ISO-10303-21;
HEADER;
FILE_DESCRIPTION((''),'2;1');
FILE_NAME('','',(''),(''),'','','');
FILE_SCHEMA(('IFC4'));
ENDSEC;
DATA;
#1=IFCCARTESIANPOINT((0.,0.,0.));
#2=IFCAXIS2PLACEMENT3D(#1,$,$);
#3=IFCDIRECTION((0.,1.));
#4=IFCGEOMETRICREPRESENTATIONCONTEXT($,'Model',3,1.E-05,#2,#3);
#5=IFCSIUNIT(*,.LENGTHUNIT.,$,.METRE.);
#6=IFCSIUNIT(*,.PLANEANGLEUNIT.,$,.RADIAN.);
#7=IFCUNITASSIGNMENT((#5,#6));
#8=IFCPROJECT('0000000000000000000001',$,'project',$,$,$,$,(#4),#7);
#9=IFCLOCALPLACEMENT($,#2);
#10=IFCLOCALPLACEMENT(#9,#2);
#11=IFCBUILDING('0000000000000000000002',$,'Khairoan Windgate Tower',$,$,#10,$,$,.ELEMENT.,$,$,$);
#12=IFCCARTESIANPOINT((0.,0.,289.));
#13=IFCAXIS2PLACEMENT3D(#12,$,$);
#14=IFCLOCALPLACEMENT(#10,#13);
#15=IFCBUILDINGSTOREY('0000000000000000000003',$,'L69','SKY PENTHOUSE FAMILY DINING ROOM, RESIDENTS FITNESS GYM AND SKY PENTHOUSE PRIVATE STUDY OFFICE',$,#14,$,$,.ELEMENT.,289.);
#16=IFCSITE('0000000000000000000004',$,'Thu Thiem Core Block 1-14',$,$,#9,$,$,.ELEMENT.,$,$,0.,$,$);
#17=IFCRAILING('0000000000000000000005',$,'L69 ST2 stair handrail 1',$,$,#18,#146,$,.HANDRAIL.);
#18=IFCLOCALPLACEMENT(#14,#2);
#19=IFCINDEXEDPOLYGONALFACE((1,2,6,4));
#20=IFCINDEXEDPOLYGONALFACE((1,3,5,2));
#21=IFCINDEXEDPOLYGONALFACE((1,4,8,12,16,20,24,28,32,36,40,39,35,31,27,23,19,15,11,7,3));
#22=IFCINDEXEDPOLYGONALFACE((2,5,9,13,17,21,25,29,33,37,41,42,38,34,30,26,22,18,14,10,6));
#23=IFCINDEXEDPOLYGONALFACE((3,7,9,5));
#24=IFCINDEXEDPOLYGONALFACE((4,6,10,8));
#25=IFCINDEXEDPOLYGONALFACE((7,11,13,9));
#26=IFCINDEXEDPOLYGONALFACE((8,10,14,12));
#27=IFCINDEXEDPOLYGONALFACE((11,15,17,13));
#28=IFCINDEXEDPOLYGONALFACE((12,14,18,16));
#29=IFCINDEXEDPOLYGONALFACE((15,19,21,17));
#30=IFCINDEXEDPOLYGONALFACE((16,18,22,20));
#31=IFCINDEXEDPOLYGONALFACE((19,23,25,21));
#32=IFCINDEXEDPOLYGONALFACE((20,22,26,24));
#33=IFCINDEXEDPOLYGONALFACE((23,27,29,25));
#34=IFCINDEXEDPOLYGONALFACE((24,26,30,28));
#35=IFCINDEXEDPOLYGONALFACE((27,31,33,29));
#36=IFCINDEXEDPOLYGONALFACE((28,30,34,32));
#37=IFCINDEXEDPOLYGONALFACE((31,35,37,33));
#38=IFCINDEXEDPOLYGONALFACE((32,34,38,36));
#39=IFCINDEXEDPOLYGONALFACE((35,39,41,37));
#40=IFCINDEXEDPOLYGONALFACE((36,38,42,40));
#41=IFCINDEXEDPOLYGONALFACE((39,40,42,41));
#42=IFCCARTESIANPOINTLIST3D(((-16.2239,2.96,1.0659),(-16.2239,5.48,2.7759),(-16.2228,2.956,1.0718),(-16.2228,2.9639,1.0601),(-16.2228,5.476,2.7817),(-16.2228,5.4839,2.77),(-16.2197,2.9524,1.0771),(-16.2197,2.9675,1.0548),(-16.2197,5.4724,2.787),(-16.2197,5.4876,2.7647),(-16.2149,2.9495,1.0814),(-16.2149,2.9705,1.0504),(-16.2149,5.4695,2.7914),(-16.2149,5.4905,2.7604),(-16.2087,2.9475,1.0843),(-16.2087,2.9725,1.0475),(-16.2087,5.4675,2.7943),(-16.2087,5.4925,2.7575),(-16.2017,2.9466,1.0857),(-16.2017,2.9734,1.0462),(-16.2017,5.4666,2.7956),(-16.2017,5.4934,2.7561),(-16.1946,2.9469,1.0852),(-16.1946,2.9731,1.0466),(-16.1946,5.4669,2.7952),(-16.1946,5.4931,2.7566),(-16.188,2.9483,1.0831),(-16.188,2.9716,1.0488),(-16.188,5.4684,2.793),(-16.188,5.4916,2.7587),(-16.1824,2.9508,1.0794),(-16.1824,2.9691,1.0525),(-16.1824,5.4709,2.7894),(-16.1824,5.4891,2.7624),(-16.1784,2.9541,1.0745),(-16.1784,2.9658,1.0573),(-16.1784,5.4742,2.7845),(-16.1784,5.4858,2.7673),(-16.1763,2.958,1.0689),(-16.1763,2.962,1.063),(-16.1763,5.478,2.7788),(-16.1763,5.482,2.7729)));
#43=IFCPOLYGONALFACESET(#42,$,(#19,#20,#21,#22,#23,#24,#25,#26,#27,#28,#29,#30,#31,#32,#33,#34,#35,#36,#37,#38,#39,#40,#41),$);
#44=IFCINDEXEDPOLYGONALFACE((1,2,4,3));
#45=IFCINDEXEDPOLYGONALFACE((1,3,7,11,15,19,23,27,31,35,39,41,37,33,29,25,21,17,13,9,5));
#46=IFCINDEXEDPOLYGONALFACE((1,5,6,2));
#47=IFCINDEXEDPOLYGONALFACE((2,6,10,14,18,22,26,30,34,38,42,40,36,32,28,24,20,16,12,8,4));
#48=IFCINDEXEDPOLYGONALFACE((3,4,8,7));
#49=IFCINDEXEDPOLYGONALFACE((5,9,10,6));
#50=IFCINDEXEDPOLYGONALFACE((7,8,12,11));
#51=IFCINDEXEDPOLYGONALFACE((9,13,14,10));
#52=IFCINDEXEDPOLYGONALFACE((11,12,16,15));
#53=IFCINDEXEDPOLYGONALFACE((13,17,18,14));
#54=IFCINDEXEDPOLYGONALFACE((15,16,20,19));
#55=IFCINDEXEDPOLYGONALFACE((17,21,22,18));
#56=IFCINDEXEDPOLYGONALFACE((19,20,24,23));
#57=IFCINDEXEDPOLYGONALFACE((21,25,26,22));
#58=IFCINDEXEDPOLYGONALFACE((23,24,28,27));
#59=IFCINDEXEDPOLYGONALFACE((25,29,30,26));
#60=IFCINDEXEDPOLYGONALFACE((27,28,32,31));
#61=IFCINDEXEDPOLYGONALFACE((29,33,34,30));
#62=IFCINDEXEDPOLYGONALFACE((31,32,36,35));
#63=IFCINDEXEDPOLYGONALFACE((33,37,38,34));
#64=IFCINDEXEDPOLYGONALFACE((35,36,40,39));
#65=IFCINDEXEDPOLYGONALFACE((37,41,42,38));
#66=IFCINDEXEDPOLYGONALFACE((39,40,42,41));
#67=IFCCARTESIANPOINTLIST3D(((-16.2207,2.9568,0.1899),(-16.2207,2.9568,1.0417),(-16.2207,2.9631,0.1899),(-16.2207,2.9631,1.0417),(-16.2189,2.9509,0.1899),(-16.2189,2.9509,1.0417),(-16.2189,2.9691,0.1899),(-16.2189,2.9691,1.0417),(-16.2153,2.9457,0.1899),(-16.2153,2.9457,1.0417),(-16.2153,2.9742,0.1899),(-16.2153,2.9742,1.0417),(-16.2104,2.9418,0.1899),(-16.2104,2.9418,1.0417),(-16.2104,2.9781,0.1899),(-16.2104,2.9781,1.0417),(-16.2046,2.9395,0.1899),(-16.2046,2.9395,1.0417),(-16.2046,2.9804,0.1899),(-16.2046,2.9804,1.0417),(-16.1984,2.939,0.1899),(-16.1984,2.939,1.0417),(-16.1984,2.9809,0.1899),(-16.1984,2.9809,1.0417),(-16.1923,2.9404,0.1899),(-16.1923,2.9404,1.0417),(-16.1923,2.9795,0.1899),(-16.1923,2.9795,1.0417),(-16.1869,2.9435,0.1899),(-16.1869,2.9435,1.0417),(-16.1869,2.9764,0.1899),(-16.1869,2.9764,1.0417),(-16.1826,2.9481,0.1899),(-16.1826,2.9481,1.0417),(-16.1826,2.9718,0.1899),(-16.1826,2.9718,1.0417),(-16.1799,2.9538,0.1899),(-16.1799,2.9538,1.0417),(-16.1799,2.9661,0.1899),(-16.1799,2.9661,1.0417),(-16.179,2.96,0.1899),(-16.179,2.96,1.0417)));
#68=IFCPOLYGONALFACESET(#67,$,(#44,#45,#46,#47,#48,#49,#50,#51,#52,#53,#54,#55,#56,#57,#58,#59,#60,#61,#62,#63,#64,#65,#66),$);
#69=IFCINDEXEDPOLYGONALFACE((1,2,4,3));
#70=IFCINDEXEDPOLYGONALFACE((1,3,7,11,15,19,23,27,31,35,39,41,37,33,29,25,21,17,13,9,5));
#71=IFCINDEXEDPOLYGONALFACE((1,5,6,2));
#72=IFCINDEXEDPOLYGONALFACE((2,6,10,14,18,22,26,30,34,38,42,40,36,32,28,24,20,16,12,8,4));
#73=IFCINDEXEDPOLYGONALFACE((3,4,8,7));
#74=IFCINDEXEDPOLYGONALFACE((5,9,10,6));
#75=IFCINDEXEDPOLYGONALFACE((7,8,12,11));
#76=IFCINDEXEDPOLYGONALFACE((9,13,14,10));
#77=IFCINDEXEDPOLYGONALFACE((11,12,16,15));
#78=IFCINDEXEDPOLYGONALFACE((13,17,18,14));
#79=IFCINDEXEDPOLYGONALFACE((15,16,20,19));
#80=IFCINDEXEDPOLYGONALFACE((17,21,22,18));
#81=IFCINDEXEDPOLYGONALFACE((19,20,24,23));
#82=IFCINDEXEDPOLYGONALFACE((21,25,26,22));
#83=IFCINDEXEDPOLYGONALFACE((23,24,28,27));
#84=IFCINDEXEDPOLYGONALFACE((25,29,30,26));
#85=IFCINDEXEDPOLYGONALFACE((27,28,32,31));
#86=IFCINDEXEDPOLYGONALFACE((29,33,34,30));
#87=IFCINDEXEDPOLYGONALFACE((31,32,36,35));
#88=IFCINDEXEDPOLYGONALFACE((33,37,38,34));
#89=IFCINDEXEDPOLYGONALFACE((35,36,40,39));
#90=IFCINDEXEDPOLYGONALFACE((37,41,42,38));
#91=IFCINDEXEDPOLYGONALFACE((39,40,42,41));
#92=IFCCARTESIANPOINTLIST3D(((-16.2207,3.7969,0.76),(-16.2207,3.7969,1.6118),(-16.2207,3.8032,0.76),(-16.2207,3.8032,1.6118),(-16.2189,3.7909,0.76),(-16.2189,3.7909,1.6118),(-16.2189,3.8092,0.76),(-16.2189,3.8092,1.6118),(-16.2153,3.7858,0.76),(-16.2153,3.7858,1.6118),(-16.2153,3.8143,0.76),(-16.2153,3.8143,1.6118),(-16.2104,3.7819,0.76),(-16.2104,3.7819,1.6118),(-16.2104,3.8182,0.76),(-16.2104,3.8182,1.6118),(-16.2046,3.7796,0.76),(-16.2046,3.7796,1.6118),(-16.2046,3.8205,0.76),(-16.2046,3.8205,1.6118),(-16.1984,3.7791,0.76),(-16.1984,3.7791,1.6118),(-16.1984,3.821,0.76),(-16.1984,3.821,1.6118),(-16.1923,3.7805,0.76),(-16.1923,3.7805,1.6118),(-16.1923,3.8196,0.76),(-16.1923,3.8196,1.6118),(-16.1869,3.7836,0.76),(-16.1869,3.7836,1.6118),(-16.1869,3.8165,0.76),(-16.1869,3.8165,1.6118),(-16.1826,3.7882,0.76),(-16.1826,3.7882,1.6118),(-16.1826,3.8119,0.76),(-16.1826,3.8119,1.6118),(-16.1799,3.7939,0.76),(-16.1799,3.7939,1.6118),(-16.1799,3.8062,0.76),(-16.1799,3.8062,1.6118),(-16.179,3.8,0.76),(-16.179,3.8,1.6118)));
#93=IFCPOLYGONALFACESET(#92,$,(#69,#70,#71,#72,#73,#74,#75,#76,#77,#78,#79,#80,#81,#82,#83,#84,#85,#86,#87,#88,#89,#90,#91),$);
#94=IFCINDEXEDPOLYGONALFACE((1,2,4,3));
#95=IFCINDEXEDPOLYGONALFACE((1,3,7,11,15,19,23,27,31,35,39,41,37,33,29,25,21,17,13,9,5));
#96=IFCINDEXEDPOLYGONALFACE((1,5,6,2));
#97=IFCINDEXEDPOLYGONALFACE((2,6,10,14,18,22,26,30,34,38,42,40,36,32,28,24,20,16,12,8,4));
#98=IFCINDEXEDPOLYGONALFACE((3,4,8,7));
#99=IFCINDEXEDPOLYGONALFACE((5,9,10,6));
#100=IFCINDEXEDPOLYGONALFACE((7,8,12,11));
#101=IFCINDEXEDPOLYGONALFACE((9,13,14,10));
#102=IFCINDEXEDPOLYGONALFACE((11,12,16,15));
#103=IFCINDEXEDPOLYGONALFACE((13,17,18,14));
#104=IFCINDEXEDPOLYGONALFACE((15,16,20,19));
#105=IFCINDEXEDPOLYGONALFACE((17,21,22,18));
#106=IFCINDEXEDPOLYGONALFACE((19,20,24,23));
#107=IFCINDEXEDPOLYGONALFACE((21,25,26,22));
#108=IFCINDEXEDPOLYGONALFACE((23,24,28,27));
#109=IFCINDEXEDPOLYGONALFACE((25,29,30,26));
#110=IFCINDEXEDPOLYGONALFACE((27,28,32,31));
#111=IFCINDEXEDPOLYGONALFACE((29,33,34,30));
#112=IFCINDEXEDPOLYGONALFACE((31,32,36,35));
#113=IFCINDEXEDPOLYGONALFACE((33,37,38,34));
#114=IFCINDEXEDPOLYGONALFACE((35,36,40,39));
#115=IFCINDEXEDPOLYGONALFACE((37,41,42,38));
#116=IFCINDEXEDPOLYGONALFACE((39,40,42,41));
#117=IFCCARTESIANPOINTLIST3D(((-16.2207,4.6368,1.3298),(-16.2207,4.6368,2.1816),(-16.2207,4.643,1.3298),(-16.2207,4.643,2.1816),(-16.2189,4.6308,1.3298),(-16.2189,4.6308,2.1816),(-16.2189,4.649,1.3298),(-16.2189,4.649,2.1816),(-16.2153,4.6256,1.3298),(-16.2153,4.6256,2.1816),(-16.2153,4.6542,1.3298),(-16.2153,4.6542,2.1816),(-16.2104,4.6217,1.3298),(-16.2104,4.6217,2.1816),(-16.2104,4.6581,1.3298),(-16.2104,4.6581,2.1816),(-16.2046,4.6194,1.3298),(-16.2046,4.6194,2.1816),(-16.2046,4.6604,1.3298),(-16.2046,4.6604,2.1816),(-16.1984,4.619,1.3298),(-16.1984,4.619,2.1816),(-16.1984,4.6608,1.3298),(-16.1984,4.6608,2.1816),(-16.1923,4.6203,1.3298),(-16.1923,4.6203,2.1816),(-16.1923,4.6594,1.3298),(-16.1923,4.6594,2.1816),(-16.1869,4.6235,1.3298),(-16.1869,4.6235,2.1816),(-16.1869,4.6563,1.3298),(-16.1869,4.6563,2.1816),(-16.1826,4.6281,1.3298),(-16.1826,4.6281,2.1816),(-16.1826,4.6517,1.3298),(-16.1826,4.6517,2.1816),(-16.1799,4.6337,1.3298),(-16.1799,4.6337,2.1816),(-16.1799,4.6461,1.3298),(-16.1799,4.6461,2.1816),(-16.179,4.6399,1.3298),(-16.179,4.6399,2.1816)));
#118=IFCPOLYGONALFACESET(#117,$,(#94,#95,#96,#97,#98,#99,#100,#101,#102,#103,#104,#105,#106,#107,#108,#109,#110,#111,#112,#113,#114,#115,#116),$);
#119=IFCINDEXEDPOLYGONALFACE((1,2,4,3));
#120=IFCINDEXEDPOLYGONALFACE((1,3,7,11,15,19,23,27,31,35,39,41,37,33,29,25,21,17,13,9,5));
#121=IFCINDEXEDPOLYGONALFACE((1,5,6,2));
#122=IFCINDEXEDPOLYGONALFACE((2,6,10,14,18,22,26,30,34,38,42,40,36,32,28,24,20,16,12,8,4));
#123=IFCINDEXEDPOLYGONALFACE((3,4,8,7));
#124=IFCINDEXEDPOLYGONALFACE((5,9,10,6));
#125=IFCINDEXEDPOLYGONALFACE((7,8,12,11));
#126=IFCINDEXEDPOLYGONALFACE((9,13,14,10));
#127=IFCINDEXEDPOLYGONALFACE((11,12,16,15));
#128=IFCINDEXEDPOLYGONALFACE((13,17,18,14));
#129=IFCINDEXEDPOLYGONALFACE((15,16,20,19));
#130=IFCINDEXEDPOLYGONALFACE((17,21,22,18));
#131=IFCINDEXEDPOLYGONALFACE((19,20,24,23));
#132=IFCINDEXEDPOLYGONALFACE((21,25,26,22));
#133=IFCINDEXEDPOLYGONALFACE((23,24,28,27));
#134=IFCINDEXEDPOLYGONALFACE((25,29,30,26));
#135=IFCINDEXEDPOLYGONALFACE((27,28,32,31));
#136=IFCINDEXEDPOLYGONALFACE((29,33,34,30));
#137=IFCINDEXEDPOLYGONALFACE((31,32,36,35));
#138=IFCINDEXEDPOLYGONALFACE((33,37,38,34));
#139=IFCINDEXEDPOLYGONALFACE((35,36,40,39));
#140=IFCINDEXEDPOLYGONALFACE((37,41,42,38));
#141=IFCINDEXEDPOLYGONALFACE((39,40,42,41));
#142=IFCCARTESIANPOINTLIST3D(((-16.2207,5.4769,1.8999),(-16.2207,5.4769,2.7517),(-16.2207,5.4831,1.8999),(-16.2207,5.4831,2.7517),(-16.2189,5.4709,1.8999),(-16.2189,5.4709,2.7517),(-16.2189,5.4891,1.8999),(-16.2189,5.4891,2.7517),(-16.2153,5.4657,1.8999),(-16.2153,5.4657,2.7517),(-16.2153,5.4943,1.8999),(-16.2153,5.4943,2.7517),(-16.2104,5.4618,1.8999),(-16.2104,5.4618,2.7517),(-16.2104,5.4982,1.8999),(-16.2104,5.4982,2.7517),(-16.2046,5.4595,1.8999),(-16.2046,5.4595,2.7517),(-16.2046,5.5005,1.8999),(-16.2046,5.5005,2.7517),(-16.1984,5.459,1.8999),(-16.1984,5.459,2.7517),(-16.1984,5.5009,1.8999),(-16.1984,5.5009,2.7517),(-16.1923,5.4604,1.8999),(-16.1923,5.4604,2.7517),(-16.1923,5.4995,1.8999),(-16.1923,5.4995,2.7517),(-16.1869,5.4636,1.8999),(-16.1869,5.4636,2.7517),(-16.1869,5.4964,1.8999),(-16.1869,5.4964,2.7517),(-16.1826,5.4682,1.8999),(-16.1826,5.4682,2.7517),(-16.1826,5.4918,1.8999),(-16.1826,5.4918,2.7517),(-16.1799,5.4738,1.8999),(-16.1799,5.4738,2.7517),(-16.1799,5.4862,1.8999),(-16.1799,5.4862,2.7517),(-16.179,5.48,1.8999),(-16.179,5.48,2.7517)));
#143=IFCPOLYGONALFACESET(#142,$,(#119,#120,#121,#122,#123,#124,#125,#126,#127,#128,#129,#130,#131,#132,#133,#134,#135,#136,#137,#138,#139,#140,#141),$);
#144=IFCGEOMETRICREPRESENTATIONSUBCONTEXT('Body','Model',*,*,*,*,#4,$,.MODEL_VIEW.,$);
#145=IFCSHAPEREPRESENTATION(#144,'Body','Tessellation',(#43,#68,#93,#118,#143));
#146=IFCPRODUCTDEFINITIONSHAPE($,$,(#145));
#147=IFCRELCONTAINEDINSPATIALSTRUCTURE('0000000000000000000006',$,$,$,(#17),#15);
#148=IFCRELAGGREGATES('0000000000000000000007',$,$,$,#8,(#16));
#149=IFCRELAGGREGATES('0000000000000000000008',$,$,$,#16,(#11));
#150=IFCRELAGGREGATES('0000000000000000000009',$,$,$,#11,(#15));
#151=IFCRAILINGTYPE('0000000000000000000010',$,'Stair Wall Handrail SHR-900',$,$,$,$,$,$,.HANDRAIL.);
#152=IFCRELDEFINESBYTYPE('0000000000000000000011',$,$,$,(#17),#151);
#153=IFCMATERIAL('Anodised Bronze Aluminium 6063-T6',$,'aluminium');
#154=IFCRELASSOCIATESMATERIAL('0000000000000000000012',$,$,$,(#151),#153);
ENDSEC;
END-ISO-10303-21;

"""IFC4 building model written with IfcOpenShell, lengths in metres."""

from ifc_helpers import new_model, si_unit, direction, frame, origin, origin_2d, place, context, subcontext, project, spatial, circle, extrude, material, type_object, element, save


model = new_model("IFC4")

# Units and contexts
model_context = context("Model", 3, precision=1e-05, world=origin(), true_north=direction((0.0, 1.0)))
body_context = subcontext(model_context, "Body", "Model", "MODEL_VIEW")
ifc_project = project(units=[si_unit("LENGTHUNIT", "METRE"), si_unit("PLANEANGLEUNIT", "RADIAN")], contexts=[model_context])

# Site, building, storey
site_placement = place(None, origin())
site = spatial("IfcSite", under=ifc_project, at=site_placement, Name="Thu Thiem Core Block 1-14", CompositionType="ELEMENT", RefElevation=0.0)
building_placement = place(site_placement, origin())
building = spatial("IfcBuilding", under=site, at=building_placement, Name="Khairoan Windgate Tower", CompositionType="ELEMENT")
storey_placement = place(building_placement, frame((0.0, 0.0, 289.0)))
storey = spatial("IfcBuildingStorey", under=building, at=storey_placement, Name="L69", Description="SKY PENTHOUSE FAMILY DINING ROOM, RESIDENTS FITNESS GYM AND SKY PENTHOUSE PRIVATE STUDY OFFICE", CompositionType="ELEMENT", Elevation=289.0)

# Railing
ifc_material_1 = material(Name="Anodised Bronze Aluminium 6063-T6", Category="aluminium")
railing_type_1 = type_object("IfcRailingType", Name="Stair Wall Handrail SHR-900", PredefinedType="HANDRAIL", material=ifc_material_1)
railing_1_placement = place(storey_placement, frame((-16.2, 2.96, 0.1899)))
element("IfcRailing", 1, at=railing_1_placement, inside=storey, type_object=railing_type_1, Name="L69 ST2 stair handrail 1", PredefinedType="HANDRAIL", context=body_context, shape_type="SweptSolid", body=[
    extrude(circle(Radius=0.0239, at=origin_2d()), frame((0.0, 0.0, 0.876), z_axis=(0.0, 0.827484, 0.56149), x_axis=(-1.0, 0.0, 0.0)), (0.0, 0.0, 1.0), 3.0454),
    extrude(circle(Radius=0.021, at=origin_2d()), origin(), (0.0, 0.0, 1.0), 0.8518),
    extrude(circle(Radius=0.021, at=origin_2d()), frame((0.0, 0.8401, 0.5701)), (0.0, 0.0, 1.0), 0.8518),
    extrude(circle(Radius=0.021, at=origin_2d()), frame((0.0, 1.6799, 1.1399)), (0.0, 0.0, 1.0), 0.8518),
    extrude(circle(Radius=0.021, at=origin_2d()), frame((0.0, 2.52, 1.71)), (0.0, 0.0, 1.0), 0.8518),
])

save(model, "model.ifc")
